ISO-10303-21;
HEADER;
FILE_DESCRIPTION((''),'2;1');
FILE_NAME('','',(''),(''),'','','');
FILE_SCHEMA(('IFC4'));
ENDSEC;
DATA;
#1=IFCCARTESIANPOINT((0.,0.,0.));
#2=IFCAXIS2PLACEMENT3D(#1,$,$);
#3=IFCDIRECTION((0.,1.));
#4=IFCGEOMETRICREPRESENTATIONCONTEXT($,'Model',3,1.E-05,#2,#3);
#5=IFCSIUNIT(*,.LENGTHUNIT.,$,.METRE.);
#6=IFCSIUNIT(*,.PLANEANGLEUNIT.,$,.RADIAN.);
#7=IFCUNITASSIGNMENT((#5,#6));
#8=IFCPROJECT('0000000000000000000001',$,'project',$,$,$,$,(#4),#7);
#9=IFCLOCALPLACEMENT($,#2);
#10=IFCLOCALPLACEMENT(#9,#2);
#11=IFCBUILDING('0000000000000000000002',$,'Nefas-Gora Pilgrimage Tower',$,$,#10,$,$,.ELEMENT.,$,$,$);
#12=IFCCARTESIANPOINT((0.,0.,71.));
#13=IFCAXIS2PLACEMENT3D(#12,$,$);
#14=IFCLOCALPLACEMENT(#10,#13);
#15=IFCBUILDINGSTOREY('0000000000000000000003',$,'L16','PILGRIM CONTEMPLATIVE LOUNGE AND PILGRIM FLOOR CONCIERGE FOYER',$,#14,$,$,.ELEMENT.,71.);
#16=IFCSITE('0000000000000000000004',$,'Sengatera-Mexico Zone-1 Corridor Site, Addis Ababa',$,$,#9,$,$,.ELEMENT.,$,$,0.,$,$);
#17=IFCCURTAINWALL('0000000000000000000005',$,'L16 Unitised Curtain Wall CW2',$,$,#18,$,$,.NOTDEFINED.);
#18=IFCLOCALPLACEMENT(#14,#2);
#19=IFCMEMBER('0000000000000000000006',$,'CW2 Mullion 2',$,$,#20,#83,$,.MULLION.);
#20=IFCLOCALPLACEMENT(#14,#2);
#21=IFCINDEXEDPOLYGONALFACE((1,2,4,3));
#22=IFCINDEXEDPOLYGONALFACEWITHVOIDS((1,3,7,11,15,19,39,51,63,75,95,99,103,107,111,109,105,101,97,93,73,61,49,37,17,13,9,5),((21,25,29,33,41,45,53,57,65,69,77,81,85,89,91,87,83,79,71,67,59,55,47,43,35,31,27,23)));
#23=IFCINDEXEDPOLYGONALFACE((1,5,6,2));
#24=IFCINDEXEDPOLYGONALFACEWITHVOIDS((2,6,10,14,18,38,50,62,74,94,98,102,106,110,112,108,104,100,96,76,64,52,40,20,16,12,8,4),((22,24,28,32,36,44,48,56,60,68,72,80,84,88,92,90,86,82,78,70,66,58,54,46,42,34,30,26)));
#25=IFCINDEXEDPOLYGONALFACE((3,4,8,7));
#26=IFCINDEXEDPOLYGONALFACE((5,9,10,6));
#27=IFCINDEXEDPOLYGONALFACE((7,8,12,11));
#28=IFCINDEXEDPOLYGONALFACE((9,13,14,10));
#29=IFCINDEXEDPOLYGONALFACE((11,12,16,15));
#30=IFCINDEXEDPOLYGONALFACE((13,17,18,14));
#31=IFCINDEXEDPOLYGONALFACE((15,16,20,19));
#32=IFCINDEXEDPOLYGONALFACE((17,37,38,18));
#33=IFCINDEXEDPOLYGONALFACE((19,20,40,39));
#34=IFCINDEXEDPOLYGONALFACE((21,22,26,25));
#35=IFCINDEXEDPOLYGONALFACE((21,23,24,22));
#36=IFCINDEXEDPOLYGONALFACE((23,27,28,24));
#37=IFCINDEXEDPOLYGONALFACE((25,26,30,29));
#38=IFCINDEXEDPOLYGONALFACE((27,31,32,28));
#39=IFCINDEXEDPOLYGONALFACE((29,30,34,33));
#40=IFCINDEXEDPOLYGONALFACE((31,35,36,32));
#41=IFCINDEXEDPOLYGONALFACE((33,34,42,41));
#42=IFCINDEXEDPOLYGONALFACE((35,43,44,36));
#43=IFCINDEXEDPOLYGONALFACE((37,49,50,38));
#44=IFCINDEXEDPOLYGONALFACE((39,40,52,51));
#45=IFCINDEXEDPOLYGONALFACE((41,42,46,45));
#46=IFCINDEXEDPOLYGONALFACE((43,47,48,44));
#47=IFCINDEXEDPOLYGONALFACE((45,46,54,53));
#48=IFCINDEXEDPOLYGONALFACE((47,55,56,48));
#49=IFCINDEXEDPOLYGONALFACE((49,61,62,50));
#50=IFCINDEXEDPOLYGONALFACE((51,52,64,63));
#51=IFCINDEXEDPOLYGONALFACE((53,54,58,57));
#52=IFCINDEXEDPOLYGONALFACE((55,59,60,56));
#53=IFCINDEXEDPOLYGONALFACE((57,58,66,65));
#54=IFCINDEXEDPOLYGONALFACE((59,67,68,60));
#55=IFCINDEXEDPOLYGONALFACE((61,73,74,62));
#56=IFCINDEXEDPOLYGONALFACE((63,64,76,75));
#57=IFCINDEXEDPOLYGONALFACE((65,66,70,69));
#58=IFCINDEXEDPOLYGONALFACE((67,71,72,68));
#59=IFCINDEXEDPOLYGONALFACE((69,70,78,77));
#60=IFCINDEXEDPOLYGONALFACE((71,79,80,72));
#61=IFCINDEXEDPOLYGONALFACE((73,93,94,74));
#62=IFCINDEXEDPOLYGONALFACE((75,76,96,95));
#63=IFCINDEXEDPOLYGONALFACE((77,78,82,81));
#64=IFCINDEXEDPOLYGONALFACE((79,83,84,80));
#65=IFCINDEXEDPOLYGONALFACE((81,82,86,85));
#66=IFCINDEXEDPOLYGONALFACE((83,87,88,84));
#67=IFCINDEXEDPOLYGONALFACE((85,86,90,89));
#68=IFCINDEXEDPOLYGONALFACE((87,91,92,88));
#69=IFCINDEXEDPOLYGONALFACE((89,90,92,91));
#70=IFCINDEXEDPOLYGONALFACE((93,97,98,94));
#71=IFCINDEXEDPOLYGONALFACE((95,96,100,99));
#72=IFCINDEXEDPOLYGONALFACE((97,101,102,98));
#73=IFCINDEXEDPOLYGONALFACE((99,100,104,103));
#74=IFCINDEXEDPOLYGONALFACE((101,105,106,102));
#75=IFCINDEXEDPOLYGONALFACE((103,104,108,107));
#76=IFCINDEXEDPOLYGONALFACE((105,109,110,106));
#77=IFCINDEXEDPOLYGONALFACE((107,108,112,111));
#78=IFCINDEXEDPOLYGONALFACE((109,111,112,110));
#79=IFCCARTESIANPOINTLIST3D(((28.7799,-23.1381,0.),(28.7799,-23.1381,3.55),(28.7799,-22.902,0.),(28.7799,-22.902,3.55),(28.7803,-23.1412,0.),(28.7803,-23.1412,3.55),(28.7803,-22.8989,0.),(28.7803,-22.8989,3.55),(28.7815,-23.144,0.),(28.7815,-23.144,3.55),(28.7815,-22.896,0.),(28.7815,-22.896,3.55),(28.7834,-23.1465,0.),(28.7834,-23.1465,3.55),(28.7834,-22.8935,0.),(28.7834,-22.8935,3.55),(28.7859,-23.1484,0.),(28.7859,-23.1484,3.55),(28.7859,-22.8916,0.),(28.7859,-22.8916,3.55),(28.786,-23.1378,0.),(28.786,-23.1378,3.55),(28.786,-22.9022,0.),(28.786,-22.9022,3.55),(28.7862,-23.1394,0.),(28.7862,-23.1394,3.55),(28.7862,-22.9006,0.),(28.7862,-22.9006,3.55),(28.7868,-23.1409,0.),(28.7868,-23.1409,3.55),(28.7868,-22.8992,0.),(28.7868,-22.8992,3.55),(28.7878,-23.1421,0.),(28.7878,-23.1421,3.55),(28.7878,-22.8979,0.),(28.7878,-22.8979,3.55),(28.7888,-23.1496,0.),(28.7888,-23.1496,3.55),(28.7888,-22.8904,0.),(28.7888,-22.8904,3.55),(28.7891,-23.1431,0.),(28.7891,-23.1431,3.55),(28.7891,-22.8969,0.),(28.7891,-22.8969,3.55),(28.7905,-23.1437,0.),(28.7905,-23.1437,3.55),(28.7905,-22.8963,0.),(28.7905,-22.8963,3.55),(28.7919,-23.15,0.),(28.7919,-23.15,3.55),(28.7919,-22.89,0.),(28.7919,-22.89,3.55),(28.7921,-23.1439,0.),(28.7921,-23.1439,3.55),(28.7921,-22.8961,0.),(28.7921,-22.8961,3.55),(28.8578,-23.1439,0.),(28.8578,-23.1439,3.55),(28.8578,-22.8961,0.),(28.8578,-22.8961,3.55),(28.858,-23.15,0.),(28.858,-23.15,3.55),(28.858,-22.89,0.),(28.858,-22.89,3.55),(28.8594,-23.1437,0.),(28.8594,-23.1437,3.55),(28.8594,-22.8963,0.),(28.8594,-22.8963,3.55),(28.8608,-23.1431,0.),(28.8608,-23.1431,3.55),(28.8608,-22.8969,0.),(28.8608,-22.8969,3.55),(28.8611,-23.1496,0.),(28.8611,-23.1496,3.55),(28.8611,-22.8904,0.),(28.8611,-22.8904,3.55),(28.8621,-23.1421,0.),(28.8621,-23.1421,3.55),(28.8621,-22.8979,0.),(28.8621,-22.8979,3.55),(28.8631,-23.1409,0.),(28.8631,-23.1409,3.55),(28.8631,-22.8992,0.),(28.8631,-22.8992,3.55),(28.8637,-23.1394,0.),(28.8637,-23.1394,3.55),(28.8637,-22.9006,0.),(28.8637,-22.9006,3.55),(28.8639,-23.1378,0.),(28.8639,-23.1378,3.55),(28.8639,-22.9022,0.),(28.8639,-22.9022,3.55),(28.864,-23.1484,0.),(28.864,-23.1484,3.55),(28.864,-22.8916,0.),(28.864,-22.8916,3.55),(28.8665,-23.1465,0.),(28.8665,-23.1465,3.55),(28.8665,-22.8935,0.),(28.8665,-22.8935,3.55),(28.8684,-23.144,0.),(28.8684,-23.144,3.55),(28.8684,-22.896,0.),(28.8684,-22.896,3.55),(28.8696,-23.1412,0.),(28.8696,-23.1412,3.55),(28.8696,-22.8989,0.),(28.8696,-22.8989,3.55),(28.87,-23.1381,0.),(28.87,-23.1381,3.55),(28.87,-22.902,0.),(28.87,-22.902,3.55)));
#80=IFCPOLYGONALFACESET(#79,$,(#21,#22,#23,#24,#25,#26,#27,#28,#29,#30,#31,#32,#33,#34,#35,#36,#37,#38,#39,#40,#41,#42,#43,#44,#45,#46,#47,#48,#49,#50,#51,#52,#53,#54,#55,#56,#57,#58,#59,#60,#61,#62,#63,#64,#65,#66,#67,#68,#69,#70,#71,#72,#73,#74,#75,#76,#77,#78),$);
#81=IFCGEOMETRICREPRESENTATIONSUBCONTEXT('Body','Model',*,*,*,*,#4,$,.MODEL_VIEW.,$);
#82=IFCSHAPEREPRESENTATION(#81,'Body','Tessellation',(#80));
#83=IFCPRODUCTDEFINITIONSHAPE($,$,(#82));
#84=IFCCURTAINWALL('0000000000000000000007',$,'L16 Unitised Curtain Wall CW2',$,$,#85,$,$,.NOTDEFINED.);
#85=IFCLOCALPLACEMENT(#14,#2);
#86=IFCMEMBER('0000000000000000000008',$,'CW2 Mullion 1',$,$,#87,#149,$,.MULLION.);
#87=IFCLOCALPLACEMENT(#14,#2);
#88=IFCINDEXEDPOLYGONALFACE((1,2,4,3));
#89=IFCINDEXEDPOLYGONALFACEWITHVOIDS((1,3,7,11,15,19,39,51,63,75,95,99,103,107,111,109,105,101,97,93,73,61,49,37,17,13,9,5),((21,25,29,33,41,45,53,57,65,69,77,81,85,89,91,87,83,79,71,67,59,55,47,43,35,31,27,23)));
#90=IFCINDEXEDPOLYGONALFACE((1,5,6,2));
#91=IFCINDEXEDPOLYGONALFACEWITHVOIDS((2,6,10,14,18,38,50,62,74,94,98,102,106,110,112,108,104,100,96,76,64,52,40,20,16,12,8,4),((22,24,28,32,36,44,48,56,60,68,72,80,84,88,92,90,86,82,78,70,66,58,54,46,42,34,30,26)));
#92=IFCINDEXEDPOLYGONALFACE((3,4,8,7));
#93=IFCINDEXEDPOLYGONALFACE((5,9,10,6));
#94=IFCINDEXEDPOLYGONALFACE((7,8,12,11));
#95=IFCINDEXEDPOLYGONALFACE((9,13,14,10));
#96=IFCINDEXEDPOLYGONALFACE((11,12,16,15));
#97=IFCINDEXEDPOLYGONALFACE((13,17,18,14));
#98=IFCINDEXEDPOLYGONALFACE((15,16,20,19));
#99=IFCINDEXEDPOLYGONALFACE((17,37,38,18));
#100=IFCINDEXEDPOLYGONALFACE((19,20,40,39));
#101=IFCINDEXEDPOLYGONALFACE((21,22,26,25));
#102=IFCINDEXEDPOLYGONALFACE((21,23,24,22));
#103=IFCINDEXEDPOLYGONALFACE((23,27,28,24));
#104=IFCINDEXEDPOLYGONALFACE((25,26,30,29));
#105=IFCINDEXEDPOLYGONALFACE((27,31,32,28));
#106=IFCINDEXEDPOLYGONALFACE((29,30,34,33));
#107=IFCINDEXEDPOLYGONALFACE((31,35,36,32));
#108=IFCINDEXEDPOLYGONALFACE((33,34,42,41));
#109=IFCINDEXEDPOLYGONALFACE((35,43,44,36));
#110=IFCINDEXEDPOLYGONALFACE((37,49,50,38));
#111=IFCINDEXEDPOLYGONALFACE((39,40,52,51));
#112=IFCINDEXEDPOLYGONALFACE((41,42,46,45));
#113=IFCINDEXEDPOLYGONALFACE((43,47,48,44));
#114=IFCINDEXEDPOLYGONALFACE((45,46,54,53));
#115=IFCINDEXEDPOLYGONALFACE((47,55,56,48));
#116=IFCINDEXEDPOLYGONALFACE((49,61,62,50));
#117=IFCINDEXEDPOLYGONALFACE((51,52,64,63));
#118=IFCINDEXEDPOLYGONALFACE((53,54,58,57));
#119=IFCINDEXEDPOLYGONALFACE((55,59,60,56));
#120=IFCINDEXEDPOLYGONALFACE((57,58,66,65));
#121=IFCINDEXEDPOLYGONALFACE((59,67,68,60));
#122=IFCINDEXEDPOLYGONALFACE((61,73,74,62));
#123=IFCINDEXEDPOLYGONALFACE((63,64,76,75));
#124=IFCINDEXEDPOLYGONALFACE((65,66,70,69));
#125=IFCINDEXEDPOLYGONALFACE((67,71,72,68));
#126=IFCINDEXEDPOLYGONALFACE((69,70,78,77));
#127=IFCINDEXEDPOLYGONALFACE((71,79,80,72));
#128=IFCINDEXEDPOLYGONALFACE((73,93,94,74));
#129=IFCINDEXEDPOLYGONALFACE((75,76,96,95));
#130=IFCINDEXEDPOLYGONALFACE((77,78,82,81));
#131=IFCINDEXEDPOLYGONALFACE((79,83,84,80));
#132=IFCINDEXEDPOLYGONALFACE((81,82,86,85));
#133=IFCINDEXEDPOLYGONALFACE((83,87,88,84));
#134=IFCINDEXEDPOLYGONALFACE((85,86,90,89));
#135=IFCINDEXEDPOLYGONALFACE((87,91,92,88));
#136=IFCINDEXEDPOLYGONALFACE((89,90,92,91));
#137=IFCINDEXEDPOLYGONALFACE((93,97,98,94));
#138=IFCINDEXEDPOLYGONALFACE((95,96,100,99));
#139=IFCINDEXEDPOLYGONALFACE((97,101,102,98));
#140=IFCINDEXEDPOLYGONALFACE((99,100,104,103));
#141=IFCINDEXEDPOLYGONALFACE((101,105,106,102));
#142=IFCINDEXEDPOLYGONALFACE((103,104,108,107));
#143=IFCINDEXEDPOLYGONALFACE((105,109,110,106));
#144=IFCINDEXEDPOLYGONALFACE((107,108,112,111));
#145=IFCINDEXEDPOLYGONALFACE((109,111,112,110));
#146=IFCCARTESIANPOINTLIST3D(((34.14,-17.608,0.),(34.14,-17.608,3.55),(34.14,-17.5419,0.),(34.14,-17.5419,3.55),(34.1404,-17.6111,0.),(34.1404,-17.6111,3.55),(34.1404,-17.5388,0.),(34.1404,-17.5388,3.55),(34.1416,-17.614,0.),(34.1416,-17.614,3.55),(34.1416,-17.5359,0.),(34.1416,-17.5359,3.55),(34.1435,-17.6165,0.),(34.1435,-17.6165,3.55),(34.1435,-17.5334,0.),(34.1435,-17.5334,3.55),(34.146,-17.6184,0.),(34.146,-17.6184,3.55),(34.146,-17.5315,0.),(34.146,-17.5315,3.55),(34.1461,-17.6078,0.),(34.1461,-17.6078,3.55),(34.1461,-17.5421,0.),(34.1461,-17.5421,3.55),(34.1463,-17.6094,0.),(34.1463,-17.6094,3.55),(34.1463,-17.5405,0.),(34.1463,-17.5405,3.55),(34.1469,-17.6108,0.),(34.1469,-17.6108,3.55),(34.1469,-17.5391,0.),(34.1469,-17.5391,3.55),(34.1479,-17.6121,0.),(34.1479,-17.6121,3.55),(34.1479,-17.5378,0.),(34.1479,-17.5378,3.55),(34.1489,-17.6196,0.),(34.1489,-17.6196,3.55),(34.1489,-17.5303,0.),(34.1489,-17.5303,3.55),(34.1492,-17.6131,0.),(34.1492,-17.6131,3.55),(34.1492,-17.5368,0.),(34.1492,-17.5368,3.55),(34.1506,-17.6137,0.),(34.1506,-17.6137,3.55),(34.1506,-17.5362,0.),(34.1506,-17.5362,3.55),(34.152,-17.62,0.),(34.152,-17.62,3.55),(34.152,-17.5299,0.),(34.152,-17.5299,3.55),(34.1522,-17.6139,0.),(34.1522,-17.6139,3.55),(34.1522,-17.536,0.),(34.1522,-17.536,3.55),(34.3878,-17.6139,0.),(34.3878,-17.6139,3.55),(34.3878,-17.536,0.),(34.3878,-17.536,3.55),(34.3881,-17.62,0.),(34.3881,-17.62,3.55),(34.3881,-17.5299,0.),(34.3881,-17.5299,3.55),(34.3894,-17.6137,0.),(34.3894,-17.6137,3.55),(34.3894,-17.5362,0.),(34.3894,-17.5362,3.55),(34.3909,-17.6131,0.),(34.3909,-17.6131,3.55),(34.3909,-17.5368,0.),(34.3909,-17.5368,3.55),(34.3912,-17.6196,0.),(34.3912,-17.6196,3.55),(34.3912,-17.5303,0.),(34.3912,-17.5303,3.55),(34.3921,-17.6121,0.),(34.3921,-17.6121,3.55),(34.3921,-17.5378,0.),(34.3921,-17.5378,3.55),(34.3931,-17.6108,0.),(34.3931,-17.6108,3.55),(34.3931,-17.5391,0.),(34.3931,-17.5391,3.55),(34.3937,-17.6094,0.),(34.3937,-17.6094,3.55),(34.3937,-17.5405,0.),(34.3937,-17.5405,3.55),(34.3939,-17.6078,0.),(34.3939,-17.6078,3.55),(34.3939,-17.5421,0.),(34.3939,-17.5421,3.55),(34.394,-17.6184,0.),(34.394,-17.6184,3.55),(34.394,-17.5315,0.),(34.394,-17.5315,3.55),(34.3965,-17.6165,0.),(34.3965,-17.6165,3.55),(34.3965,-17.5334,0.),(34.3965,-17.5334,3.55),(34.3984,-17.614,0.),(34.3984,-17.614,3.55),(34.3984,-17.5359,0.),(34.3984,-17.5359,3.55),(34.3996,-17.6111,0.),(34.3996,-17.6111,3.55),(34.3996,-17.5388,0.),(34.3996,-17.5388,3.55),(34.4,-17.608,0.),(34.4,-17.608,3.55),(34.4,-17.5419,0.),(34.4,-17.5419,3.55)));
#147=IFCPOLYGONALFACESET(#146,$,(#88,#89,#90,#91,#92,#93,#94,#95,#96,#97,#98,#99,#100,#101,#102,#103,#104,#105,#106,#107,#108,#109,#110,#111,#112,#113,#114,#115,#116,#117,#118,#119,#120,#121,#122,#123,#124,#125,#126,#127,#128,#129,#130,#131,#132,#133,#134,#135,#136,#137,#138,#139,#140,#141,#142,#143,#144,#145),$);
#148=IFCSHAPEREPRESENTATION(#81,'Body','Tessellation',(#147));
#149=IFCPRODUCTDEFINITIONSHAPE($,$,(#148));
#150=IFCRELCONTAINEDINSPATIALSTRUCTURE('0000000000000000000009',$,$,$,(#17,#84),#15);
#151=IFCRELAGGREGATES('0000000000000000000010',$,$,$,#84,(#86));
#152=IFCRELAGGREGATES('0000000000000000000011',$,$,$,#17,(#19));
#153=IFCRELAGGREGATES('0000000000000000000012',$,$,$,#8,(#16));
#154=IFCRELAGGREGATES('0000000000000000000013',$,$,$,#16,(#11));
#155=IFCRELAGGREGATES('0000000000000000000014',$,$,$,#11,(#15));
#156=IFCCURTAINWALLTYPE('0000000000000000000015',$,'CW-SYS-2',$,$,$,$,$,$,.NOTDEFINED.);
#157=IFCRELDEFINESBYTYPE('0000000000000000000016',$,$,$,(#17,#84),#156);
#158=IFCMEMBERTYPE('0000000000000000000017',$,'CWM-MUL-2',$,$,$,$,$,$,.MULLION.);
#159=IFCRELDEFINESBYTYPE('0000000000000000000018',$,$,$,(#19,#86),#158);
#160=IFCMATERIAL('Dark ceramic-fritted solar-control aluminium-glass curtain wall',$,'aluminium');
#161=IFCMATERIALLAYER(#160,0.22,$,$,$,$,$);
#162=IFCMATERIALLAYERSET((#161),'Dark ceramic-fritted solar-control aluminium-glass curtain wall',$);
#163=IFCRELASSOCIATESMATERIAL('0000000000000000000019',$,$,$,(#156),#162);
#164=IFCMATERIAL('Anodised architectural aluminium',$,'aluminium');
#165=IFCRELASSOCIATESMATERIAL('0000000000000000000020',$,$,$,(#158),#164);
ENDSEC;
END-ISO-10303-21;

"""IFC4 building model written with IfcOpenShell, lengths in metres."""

from ifc_helpers import new_model, si_unit, direction, frame, origin, origin_2d, place, context, subcontext, project, spatial, hollow_rectangle, extrude, source, transform, mapped, material, layer, layer_set, material_profile, profile_set, type_object, element, aggregate, save


model = new_model("IFC4")

# Units and contexts
model_context = context("Model", 3, precision=1e-05, world=origin(), true_north=direction((0.0, 1.0)))
body_context = subcontext(model_context, "Body", "Model", "MODEL_VIEW")
ifc_project = project(units=[si_unit("LENGTHUNIT", "METRE"), si_unit("PLANEANGLEUNIT", "RADIAN")], contexts=[model_context])

# Site, building, storey
site_placement = place(None, origin())
site = spatial("IfcSite", under=ifc_project, at=site_placement, Name="Sengatera-Mexico Zone-1 Corridor Site, Addis Ababa", CompositionType="ELEMENT", RefElevation=0.0)
building_placement = place(site_placement, origin())
building = spatial("IfcBuilding", under=site, at=building_placement, Name="Nefas-Gora Pilgrimage Tower", CompositionType="ELEMENT")
storey_placement = place(building_placement, frame((0.0, 0.0, 71.0)))
storey = spatial("IfcBuildingStorey", under=building, at=storey_placement, Name="L16", Description="PILGRIM CONTEMPLATIVE LOUNGE AND PILGRIM FLOOR CONCIERGE FOYER", CompositionType="ELEMENT", Elevation=71.0)

# Curtain wall, member
ifc_material_1 = material(Name="Dark ceramic-fritted solar-control aluminium-glass curtain wall", Category="aluminium")
ifc_layer_1 = layer(ifc_material_1, 0.22)
ifc_layer_set_1 = layer_set([ifc_layer_1], Name="Dark ceramic-fritted solar-control aluminium-glass curtain wall")
curtain_wall_type = type_object("IfcCurtainWallType", Name="CW-SYS-2", PredefinedType="NOTDEFINED", material=ifc_layer_set_1)
curtain_wall_1_placement = place(storey_placement, origin())
curtain_wall_1 = element("IfcCurtainWall", 1, at=curtain_wall_1_placement, inside=storey, type_object=curtain_wall_type, Name="L16 Unitised Curtain Wall CW2", PredefinedType="NOTDEFINED")
ifc_material_2 = material(Name="Anodised architectural aluminium", Category="aluminium")
ifc_material_profile_1 = material_profile(ifc_material_2, hollow_rectangle(XDim=0.0901, YDim=0.26, WallThickness=0.0061, InnerFilletRadius=0.0061, OuterFilletRadius=0.012, at=origin_2d()), Name="ALU MULLION 90x260")
ifc_profile_set_1 = profile_set([ifc_material_profile_1], Name="Anodised architectural aluminium")
member_type_1 = type_object("IfcMemberType", Name="CWM-MUL-2", PredefinedType="MULLION", material=ifc_profile_set_1)
shared_shape_1 = source(origin(), body_context, "Body", "SweptSolid", [
    extrude(hollow_rectangle(XDim=0.0901, YDim=0.26, WallThickness=0.0061, InnerFilletRadius=0.0061, OuterFilletRadius=0.012, at=origin_2d()), origin(), (0.0, 0.0, 1.0), 3.55),
])
member_1_placement = place(storey_placement, frame((28.825, -23.02, 0.0), z_axis=(0.0, 0.0, 1.0), x_axis=(1.0, 0.0, 0.0)))
member_1 = element("IfcMember", 2, at=member_1_placement, type_object=member_type_1, Name="CW2 Mullion 2", PredefinedType="MULLION", context=body_context, shape_type="MappedRepresentation", body=[
    mapped(shared_shape_1, transform((0.0, 0.0, 0.0), x_axis=(1.0, 0.0, 0.0), y_axis=(0.0, 1.0, 0.0), z_axis=(0.0, 0.0, 1.0), scale=1.0)),
])

# Curtain wall, member
curtain_wall_2_placement = place(storey_placement, origin())
curtain_wall_2 = element("IfcCurtainWall", 3, at=curtain_wall_2_placement, inside=storey, type_object=curtain_wall_type, Name="L16 Unitised Curtain Wall CW2", PredefinedType="NOTDEFINED")
member_2_placement = place(storey_placement, frame((34.27, -17.575, 0.0), z_axis=(0.0, 0.0, 1.0), x_axis=(0.0, 1.0, 0.0)))
member_2 = element("IfcMember", 4, at=member_2_placement, type_object=member_type_1, Name="CW2 Mullion 1", PredefinedType="MULLION", context=body_context, shape_type="MappedRepresentation", body=[
    mapped(shared_shape_1, transform((0.0, 0.0, 0.0), x_axis=(1.0, 0.0, 0.0), y_axis=(0.0, 1.0, 0.0), z_axis=(0.0, 0.0, 1.0), scale=1.0)),
])
aggregate(curtain_wall_2, [member_2])

aggregate(curtain_wall_1, [member_1])

save(model, "model.ifc")
